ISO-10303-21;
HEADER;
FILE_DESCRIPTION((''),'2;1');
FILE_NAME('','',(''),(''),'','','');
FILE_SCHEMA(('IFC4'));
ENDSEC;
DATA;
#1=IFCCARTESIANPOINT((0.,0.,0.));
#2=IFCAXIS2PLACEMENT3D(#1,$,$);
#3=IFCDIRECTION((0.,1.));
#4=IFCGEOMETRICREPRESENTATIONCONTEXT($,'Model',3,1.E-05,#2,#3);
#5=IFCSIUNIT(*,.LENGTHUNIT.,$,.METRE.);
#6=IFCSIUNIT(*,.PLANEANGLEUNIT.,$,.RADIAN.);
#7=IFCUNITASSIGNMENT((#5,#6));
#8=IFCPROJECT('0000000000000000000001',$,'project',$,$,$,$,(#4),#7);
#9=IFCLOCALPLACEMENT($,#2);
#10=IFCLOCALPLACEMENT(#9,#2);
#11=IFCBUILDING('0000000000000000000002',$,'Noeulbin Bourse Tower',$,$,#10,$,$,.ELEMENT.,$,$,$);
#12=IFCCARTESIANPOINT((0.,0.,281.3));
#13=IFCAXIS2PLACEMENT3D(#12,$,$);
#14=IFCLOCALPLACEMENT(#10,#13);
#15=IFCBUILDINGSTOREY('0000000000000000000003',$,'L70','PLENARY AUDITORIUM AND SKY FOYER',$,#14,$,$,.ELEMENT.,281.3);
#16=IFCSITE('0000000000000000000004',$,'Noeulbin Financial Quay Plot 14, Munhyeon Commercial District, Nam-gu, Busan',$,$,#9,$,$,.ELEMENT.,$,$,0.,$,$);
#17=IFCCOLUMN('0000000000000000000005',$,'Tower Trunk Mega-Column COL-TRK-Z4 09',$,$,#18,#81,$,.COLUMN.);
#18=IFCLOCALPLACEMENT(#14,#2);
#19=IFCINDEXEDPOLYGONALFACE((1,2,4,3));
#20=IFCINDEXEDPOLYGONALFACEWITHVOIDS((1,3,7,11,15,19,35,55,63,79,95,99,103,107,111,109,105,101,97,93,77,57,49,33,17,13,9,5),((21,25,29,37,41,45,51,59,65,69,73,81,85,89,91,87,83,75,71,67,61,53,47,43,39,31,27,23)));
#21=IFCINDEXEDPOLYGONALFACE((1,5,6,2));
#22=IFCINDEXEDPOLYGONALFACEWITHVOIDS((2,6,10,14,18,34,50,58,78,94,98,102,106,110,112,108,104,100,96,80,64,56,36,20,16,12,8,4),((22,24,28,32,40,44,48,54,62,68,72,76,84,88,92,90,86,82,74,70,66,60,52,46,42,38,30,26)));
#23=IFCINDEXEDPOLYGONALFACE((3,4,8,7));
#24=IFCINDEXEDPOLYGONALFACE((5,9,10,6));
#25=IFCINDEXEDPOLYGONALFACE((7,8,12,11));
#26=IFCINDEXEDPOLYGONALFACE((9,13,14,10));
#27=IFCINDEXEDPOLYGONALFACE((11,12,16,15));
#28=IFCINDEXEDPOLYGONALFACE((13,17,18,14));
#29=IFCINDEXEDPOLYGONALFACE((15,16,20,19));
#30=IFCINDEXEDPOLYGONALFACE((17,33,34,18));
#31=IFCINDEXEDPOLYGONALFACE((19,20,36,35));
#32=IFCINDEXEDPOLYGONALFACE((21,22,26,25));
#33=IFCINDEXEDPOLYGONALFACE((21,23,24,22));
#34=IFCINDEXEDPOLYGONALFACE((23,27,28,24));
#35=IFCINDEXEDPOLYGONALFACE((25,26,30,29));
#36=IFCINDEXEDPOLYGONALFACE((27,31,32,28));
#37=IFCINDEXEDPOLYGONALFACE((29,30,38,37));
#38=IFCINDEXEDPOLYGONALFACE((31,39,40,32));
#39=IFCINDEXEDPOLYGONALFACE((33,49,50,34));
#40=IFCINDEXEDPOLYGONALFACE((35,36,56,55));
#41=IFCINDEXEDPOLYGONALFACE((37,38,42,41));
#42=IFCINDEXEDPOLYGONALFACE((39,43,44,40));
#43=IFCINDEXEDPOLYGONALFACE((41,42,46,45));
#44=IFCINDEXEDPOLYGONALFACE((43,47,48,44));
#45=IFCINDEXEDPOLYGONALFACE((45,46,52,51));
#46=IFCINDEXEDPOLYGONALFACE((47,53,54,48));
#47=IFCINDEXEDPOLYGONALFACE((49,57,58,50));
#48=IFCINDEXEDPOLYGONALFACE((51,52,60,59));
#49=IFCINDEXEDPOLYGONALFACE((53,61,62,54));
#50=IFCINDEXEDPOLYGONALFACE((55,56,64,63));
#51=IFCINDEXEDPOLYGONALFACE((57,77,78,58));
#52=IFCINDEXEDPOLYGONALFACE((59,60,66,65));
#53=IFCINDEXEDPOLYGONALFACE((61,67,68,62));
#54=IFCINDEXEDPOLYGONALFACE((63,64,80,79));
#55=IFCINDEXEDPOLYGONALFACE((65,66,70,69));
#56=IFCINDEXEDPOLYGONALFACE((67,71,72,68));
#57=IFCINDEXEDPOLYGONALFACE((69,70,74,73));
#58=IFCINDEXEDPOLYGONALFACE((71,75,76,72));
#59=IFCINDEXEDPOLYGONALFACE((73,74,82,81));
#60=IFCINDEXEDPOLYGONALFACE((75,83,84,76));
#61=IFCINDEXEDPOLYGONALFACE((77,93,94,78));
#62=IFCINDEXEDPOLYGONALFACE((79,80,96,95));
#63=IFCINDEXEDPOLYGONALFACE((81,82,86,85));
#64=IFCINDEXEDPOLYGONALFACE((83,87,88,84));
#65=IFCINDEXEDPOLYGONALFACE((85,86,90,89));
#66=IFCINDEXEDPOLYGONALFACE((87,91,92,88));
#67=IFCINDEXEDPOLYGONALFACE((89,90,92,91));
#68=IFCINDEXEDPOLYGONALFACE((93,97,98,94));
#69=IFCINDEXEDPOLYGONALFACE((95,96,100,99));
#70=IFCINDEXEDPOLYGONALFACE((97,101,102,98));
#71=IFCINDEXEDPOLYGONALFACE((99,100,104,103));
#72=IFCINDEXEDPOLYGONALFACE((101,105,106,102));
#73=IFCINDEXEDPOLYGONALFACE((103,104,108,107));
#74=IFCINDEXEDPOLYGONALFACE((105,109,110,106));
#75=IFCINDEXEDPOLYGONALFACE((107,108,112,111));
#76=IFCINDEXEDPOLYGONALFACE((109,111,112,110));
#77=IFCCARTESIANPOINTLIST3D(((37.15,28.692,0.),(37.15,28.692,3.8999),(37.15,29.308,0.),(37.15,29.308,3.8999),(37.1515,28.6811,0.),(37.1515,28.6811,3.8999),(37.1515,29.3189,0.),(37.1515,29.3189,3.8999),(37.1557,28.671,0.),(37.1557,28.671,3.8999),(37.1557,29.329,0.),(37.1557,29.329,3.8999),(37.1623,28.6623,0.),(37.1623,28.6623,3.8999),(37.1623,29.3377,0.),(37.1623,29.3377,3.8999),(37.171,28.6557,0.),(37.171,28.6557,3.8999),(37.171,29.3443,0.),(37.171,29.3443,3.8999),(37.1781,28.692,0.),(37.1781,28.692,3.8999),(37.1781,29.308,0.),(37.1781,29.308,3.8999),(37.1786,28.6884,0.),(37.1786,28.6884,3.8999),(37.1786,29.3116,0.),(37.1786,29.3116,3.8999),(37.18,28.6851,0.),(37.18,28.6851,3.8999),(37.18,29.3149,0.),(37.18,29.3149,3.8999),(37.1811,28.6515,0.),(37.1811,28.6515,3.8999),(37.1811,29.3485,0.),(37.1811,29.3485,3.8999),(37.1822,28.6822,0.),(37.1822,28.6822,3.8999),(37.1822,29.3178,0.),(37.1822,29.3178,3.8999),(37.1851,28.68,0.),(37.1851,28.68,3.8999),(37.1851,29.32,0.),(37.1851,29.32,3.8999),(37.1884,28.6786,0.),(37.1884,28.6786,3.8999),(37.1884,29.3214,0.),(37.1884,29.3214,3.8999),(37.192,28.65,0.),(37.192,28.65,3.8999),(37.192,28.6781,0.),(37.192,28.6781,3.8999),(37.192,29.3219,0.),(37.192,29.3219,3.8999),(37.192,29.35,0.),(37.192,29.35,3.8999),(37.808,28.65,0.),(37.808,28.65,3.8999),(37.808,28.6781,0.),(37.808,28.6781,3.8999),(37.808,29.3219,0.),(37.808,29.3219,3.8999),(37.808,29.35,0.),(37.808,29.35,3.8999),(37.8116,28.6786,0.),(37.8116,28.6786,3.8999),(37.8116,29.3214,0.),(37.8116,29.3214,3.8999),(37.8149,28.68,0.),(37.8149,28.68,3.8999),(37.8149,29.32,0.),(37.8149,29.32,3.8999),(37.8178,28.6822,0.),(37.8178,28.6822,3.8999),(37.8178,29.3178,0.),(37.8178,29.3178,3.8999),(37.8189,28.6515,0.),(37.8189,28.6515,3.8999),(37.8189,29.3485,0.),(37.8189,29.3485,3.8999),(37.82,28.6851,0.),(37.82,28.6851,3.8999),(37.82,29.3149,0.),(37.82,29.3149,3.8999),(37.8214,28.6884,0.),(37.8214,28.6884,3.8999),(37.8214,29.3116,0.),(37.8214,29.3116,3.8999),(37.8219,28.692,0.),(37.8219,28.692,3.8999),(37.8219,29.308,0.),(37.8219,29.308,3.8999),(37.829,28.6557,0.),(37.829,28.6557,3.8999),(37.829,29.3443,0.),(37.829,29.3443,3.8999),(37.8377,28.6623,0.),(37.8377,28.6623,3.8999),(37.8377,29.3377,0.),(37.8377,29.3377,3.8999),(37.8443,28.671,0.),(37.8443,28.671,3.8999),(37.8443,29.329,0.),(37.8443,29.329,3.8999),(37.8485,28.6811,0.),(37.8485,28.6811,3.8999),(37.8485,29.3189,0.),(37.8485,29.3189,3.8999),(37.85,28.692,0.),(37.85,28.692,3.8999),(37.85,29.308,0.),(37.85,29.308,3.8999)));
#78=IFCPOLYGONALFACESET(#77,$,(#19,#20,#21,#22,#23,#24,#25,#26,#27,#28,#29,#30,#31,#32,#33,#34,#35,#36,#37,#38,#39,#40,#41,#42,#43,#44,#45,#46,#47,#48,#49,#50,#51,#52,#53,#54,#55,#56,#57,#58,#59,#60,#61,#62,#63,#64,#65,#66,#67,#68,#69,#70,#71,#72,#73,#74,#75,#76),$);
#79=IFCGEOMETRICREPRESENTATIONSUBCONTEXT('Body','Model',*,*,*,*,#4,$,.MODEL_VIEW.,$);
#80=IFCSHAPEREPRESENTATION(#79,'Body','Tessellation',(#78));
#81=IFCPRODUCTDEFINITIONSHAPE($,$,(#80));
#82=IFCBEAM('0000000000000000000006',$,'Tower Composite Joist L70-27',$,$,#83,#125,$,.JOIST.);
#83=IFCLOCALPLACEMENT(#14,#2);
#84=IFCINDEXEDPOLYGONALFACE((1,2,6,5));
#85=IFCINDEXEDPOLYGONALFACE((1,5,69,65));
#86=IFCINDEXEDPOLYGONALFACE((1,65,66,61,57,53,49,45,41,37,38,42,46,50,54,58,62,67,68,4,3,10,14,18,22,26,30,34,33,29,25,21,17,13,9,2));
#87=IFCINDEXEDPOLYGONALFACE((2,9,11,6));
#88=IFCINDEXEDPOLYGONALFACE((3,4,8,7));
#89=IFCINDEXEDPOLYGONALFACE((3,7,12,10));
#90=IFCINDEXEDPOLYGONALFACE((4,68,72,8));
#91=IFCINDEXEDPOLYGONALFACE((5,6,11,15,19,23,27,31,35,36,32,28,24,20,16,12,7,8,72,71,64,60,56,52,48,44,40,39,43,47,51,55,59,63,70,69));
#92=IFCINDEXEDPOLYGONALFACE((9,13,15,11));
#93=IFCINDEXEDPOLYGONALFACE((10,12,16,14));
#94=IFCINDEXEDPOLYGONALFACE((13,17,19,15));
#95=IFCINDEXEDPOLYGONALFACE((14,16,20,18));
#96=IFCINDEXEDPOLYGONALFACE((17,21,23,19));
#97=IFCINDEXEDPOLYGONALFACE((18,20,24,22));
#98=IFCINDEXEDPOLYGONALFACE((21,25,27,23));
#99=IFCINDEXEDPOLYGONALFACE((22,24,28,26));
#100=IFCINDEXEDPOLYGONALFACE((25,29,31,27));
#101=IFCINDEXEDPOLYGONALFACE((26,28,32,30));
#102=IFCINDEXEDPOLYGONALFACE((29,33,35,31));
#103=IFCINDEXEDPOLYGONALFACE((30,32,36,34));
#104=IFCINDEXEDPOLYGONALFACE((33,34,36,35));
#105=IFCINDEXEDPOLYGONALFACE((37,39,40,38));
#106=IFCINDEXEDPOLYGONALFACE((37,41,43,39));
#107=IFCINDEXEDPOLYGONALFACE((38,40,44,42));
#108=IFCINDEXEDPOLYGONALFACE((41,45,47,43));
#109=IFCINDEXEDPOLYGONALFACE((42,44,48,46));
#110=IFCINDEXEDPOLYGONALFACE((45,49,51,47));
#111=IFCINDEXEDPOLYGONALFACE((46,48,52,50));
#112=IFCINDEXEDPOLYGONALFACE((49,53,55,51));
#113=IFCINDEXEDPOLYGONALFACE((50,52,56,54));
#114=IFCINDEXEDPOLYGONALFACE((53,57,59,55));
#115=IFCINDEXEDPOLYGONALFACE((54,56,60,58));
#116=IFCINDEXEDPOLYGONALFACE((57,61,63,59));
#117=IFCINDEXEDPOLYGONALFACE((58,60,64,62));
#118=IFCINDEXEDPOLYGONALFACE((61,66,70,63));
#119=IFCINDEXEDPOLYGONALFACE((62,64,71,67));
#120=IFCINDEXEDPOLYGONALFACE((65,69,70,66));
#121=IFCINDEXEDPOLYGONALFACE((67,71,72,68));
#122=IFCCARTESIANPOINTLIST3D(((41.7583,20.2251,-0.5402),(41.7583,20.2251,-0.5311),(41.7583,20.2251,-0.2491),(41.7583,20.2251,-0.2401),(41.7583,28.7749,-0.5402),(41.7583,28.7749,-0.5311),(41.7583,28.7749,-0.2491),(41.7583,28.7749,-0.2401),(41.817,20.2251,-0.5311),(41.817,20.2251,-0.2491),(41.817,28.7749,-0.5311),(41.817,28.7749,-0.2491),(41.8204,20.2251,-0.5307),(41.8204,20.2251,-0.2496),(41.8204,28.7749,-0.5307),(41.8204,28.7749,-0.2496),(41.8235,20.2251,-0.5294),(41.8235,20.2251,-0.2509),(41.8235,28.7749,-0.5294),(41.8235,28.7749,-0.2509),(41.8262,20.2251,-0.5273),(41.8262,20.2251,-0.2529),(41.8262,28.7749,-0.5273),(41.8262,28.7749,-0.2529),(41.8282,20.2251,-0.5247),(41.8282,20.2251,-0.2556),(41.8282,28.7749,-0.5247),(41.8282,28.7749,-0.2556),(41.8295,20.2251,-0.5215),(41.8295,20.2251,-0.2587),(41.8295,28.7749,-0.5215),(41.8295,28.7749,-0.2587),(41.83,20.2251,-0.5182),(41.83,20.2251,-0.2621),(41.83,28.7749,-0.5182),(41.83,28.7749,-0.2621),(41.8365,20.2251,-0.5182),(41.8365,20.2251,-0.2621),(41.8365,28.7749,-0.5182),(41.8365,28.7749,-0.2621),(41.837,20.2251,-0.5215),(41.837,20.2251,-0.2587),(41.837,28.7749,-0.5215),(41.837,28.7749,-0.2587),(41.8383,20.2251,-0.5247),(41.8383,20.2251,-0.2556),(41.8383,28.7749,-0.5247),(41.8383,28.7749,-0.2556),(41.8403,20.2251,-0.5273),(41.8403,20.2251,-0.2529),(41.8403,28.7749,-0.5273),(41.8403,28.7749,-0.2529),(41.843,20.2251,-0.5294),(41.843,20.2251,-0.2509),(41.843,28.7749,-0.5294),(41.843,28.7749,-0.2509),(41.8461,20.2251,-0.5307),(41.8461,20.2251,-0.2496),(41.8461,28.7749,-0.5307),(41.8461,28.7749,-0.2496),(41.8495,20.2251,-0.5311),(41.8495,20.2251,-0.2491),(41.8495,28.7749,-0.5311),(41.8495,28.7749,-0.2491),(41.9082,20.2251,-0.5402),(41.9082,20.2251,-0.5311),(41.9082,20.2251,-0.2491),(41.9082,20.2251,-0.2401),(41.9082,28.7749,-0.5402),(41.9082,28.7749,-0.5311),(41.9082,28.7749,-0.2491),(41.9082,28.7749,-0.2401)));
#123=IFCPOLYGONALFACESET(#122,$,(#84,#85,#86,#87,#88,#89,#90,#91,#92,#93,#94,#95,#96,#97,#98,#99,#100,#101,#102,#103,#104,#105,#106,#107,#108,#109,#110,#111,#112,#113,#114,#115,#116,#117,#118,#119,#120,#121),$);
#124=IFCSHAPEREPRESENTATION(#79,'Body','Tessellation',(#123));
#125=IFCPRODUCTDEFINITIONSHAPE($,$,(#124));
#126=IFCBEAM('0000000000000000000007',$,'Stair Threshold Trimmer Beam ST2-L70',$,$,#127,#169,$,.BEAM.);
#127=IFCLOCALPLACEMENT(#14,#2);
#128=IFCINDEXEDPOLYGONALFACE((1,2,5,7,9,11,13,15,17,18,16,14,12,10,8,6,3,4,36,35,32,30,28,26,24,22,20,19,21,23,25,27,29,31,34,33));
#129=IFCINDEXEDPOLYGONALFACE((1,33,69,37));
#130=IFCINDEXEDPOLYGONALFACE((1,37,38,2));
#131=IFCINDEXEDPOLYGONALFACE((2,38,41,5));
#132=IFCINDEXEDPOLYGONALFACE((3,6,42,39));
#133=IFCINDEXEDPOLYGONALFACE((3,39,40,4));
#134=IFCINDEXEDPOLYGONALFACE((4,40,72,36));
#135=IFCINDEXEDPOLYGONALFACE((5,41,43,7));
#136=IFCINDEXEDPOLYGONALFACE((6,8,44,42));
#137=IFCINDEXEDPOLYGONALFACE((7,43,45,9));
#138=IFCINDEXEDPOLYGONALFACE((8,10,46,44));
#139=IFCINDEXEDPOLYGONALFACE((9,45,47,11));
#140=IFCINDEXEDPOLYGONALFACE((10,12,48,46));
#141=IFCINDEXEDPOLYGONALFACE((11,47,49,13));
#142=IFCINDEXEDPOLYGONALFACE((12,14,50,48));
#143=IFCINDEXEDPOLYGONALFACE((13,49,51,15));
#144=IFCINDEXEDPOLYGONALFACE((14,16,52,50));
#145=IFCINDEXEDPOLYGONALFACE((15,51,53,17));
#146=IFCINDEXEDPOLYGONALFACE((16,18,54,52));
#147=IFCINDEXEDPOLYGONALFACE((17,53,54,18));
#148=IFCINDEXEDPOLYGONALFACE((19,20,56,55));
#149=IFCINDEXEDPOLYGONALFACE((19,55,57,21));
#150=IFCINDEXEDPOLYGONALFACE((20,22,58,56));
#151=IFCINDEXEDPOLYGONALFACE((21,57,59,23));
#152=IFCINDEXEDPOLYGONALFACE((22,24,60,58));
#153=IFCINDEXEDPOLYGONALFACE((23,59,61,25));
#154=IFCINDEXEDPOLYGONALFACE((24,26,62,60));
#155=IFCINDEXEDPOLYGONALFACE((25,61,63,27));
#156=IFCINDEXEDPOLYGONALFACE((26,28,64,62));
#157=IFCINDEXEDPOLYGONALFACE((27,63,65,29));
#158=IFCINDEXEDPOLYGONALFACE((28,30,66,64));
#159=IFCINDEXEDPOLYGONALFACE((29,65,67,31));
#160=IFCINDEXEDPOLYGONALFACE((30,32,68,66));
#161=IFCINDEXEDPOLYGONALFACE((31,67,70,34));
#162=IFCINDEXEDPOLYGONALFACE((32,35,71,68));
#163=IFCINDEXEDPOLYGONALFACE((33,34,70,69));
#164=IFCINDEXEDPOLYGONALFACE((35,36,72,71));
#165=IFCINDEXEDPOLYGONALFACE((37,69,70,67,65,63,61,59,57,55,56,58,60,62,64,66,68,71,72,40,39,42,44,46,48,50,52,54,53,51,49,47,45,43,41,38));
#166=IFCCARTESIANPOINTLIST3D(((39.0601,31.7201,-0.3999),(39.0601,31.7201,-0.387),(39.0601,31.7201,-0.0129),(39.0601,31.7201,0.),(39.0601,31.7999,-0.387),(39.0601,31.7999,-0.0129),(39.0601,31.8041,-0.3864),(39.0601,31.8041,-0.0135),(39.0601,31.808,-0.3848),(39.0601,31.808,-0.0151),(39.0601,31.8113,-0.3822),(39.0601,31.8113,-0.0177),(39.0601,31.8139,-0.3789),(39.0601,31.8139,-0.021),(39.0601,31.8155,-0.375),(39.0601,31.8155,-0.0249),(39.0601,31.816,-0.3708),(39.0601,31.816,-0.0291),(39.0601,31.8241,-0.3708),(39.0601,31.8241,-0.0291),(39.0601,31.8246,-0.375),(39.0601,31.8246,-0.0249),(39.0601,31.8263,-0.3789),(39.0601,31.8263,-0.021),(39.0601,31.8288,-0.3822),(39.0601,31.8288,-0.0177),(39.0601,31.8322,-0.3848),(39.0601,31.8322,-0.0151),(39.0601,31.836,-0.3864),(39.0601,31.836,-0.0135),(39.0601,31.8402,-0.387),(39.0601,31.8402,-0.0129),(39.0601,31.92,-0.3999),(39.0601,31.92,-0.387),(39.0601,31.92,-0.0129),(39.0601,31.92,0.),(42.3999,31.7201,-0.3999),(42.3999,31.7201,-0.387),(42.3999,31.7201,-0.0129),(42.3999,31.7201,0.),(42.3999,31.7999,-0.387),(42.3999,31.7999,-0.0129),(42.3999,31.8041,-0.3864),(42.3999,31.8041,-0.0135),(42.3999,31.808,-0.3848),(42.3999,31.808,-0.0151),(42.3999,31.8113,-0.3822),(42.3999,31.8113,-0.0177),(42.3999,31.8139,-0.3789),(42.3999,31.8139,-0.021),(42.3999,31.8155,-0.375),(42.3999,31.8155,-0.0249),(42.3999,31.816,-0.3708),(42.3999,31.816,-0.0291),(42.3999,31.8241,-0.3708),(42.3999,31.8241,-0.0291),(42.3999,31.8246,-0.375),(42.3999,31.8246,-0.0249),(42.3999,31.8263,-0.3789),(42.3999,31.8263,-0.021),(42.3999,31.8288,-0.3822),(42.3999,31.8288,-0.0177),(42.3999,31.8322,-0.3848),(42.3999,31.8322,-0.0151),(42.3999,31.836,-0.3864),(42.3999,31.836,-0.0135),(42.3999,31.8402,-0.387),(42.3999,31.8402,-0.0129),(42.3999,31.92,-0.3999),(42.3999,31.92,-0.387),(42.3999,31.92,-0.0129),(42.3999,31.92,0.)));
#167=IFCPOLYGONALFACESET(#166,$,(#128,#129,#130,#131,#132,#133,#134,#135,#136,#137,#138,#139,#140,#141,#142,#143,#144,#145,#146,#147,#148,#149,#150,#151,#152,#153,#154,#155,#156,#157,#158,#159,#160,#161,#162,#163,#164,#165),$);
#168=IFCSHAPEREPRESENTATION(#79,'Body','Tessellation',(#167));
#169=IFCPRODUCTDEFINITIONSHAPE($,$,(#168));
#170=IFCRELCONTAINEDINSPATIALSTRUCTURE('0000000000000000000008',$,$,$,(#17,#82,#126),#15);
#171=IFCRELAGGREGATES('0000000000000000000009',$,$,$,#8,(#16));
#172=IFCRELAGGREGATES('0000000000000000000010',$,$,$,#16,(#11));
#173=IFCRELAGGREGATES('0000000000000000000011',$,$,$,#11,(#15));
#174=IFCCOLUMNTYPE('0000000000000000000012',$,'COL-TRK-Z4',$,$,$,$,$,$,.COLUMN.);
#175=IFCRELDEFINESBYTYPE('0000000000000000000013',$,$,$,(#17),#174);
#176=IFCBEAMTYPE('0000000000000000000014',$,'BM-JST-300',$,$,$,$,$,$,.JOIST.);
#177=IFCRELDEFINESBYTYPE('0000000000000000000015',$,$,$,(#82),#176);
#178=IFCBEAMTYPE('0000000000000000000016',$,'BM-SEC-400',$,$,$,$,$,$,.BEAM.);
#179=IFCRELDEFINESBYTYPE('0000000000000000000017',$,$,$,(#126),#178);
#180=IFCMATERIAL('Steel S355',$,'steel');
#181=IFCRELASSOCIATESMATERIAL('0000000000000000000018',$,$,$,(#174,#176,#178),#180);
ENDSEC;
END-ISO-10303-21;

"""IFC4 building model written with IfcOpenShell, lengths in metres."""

from ifc_helpers import new_model, si_unit, direction, frame, origin, origin_2d, place, context, subcontext, project, spatial, hollow_rectangle, i_section, extrude, material, material_profile, profile_set, type_object, element, save


model = new_model("IFC4")

# Units and contexts
model_context = context("Model", 3, precision=1e-05, world=origin(), true_north=direction((0.0, 1.0)))
body_context = subcontext(model_context, "Body", "Model", "MODEL_VIEW")
ifc_project = project(units=[si_unit("LENGTHUNIT", "METRE"), si_unit("PLANEANGLEUNIT", "RADIAN")], contexts=[model_context])

# Site, building, storey
site_placement = place(None, origin())
site = spatial("IfcSite", under=ifc_project, at=site_placement, Name="Noeulbin Financial Quay Plot 14, Munhyeon Commercial District, Nam-gu, Busan", CompositionType="ELEMENT", RefElevation=0.0)
building_placement = place(site_placement, origin())
building = spatial("IfcBuilding", under=site, at=building_placement, Name="Noeulbin Bourse Tower", CompositionType="ELEMENT")
storey_placement = place(building_placement, frame((0.0, 0.0, 281.3)))
storey = spatial("IfcBuildingStorey", under=building, at=storey_placement, Name="L70", Description="PLENARY AUDITORIUM AND SKY FOYER", CompositionType="ELEMENT", Elevation=281.3)

# Column
ifc_material_1 = material(Name="Steel S355", Category="steel")
ifc_material_profile_1 = material_profile(ifc_material_1, hollow_rectangle(XDim=0.7, YDim=0.7, WallThickness=0.0281, InnerFilletRadius=0.0139, OuterFilletRadius=0.042, at=origin_2d()), Name="BOX-700x700x28", Category="LoadBearing")
ifc_profile_set_1 = profile_set([ifc_material_profile_1], Name="Steel S355")
column_type = type_object("IfcColumnType", Name="COL-TRK-Z4", PredefinedType="COLUMN", material=ifc_profile_set_1)
column_placement = place(storey_placement, frame((37.5, 29.0, 0.0), z_axis=(0.0, 0.0, 1.0), x_axis=(1.0, 0.0, 0.0)))
element("IfcColumn", 1, at=column_placement, inside=storey, type_object=column_type, Name="Tower Trunk Mega-Column COL-TRK-Z4 09", PredefinedType="COLUMN", context=body_context, shape_type="SweptSolid", body=[
    extrude(hollow_rectangle(XDim=0.7, YDim=0.7, WallThickness=0.0281, InnerFilletRadius=0.0139, OuterFilletRadius=0.042, at=origin_2d()), origin(), (0.0, 0.0, 1.0), 3.8999),
])

# Beams
ifc_material_profile_2 = material_profile(ifc_material_1, i_section(OverallWidth=0.1499, OverallDepth=0.3, WebThickness=0.0066, FlangeThickness=0.009, FilletRadius=0.0129, at=origin_2d()), Name="H-300x150x6.5x9", Category="LoadBearing")
ifc_profile_set_2 = profile_set([ifc_material_profile_2], Name="Steel S355")
beam_type_1 = type_object("IfcBeamType", Name="BM-JST-300", PredefinedType="JOIST", material=ifc_profile_set_2)
beam_1_placement = place(storey_placement, frame((41.8333, 20.2251, -0.3901), z_axis=(0.0, 1.0, 0.0), x_axis=(-1.0, 0.0, 0.0)))
element("IfcBeam", 2, at=beam_1_placement, inside=storey, type_object=beam_type_1, Name="Tower Composite Joist L70-27", PredefinedType="JOIST", context=body_context, shape_type="SweptSolid", body=[
    extrude(i_section(OverallWidth=0.1499, OverallDepth=0.3, WebThickness=0.0066, FlangeThickness=0.009, FilletRadius=0.0129, at=origin_2d()), origin(), (0.0, 0.0, 1.0), 8.5498),
])
ifc_material_profile_3 = material_profile(ifc_material_1, i_section(OverallWidth=0.2, OverallDepth=0.3999, WebThickness=0.0081, FlangeThickness=0.0129, FilletRadius=0.0161, at=origin_2d()), Name="H-400x200x8x13", Category="LoadBearing")
ifc_profile_set_3 = profile_set([ifc_material_profile_3], Name="Steel S355")
beam_type_2 = type_object("IfcBeamType", Name="BM-SEC-400", PredefinedType="BEAM", material=ifc_profile_set_3)
beam_2_placement = place(storey_placement, frame((39.0601, 31.8201, -0.2), z_axis=(1.0, 0.0, 0.0), x_axis=(0.0, 1.0, 0.0)))
element("IfcBeam", 3, at=beam_2_placement, inside=storey, type_object=beam_type_2, Name="Stair Threshold Trimmer Beam ST2-L70", PredefinedType="BEAM", context=body_context, shape_type="SweptSolid", body=[
    extrude(i_section(OverallWidth=0.2, OverallDepth=0.3999, WebThickness=0.0081, FlangeThickness=0.0129, FilletRadius=0.0161, at=origin_2d()), origin(), (0.0, 0.0, 1.0), 3.3398),
])

save(model, "model.ifc")
